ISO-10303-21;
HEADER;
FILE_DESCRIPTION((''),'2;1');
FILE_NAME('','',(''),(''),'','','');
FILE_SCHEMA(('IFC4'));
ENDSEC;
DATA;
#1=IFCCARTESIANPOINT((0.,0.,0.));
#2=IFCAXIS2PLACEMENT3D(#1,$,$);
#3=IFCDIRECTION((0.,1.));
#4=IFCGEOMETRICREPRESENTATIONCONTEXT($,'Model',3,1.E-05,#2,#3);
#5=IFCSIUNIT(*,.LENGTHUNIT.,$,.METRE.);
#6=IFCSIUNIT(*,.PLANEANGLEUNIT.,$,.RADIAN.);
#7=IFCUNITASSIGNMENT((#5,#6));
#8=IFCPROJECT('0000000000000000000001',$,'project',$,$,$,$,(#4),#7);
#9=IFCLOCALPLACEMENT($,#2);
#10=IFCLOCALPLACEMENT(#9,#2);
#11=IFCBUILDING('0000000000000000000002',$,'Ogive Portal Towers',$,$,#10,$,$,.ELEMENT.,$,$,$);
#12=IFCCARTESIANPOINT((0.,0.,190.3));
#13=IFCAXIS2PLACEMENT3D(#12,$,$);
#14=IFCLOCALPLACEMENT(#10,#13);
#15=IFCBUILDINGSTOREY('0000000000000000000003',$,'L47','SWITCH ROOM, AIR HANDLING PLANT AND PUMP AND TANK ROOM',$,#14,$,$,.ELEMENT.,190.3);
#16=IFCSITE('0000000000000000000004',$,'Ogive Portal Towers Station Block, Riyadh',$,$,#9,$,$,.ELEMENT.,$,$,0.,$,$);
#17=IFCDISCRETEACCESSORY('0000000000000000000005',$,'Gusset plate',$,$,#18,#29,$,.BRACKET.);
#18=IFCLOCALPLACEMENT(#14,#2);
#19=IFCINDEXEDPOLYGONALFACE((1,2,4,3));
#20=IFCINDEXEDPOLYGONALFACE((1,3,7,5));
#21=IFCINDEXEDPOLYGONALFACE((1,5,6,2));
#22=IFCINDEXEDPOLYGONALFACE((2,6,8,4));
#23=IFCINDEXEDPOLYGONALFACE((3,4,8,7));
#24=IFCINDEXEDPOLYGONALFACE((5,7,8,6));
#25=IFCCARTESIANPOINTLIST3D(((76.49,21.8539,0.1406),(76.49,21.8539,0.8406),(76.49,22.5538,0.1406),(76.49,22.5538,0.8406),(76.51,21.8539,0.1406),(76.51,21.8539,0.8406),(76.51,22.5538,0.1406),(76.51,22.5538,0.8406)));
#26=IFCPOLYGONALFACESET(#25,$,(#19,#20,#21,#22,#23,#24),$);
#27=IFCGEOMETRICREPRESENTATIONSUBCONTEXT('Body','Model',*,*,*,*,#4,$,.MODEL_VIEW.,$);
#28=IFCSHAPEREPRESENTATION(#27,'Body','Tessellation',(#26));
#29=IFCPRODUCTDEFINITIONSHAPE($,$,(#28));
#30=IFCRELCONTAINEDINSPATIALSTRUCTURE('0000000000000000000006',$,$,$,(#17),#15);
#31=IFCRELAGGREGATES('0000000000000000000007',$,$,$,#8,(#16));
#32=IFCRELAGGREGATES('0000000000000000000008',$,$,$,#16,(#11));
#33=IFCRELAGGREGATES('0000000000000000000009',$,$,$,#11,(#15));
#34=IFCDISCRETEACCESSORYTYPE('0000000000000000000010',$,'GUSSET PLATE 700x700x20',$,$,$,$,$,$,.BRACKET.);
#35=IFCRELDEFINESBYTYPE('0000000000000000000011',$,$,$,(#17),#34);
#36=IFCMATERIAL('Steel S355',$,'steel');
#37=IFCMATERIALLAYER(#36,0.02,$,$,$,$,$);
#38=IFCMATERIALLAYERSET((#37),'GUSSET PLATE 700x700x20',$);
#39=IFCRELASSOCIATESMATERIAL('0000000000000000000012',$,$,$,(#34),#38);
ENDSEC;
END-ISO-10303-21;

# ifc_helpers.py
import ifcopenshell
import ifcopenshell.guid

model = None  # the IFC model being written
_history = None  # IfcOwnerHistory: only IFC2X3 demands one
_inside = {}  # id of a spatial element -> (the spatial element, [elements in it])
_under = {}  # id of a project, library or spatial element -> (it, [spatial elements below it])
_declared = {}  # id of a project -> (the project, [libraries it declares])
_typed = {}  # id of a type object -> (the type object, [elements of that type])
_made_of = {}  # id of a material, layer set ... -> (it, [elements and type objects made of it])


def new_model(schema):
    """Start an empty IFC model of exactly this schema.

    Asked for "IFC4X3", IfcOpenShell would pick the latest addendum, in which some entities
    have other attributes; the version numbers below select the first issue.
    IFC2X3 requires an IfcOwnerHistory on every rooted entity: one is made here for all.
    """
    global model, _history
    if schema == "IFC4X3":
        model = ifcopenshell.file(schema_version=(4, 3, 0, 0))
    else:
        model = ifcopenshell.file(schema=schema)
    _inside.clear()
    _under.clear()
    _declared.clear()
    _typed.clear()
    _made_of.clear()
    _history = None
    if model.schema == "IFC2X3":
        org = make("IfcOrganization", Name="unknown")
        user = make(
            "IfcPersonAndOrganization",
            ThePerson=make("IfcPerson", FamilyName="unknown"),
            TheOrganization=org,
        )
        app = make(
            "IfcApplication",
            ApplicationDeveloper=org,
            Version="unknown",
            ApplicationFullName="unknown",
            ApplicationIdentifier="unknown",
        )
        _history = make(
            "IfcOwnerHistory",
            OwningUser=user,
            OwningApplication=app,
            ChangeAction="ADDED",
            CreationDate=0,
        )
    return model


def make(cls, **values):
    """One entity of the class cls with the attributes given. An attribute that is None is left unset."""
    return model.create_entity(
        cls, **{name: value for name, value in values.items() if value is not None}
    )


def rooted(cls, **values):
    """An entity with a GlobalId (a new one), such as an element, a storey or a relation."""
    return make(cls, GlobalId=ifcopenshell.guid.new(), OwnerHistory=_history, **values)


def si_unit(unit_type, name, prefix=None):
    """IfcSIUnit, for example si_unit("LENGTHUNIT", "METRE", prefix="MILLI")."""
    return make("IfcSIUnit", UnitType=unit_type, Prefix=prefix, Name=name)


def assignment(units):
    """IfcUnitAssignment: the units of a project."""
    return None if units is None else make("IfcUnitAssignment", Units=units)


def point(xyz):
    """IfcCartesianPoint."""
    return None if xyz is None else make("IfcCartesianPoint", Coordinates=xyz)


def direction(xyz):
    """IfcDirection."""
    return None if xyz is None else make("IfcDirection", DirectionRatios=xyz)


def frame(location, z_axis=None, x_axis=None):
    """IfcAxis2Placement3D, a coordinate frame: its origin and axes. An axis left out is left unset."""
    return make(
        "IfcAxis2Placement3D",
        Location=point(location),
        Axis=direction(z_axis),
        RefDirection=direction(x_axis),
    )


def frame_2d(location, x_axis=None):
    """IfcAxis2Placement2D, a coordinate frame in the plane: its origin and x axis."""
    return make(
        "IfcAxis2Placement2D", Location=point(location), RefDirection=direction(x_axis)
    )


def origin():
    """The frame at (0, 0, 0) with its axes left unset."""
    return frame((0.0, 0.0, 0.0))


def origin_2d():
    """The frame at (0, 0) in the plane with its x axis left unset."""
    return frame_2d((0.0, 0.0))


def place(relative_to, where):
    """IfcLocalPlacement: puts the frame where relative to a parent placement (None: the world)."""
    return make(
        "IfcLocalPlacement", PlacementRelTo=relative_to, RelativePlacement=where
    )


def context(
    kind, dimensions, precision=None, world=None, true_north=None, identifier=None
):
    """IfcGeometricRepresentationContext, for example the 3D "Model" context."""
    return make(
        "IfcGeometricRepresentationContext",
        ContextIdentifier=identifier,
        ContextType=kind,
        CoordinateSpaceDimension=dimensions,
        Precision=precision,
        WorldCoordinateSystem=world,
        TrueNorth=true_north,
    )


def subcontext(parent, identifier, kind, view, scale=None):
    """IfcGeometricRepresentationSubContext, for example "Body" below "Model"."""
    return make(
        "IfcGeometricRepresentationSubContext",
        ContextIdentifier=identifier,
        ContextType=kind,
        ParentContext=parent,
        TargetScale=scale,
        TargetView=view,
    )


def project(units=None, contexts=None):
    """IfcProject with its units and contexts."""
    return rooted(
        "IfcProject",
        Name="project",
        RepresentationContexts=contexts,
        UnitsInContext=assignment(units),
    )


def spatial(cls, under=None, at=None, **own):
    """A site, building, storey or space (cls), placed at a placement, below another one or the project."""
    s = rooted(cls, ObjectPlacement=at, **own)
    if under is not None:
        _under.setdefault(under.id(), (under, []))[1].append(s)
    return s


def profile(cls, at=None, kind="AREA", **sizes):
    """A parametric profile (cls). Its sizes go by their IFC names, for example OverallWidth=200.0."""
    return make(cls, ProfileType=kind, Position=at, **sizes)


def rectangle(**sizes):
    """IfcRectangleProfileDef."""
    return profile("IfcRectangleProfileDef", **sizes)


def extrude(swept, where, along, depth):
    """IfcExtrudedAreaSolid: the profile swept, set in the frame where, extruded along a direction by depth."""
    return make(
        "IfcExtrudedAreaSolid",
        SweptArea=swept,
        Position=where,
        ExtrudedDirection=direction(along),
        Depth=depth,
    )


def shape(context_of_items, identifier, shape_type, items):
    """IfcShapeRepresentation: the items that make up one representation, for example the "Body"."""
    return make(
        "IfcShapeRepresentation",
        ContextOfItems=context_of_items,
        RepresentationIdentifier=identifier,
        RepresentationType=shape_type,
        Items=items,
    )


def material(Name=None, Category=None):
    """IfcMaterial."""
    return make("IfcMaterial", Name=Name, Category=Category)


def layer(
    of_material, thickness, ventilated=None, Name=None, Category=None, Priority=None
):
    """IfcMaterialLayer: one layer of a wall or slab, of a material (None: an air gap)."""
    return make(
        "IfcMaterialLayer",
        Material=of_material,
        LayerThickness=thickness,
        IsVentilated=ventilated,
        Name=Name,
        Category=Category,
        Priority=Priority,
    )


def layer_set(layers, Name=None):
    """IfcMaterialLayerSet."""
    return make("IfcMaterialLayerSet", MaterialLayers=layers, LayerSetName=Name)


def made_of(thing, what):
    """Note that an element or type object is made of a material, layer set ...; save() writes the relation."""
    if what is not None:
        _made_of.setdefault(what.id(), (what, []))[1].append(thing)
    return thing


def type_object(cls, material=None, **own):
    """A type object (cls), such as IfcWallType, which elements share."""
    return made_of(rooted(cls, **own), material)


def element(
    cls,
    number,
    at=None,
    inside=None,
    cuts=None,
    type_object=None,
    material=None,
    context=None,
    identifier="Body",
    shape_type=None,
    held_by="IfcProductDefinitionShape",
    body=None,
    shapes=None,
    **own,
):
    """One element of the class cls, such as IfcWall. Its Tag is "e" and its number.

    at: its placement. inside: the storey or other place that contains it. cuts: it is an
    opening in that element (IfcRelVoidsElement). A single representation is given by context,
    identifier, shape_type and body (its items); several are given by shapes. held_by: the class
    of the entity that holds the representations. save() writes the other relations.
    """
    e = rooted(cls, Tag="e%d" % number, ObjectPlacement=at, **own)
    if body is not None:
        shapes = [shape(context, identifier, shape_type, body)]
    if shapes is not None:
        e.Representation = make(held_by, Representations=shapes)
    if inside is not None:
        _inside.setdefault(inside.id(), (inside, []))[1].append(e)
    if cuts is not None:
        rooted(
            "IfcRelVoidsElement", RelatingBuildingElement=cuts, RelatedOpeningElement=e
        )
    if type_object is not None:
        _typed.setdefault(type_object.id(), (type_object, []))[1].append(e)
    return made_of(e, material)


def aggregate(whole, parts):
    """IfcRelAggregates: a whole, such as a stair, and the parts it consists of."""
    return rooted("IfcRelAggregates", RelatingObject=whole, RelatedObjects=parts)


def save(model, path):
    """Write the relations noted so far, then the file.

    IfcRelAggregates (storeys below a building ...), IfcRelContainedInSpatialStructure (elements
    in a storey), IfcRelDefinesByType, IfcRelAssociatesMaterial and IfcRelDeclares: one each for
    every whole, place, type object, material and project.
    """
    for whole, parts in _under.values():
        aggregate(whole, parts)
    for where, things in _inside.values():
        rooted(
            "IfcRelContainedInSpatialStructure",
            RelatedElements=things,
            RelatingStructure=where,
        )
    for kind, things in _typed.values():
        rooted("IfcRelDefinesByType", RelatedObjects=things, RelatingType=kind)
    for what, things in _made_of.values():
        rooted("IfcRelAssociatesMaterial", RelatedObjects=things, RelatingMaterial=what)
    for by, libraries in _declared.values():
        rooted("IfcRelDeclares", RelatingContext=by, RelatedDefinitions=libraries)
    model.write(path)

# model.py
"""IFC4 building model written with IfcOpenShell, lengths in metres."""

from ifc_helpers import new_model, si_unit, direction, frame, origin, origin_2d, place, context, subcontext, project, spatial, rectangle, extrude, material, layer, layer_set, type_object, element, save


model = new_model("IFC4")

# Units and contexts
model_context = context("Model", 3, precision=1e-05, world=origin(), true_north=direction((0.0, 1.0)))
body_context = subcontext(model_context, "Body", "Model", "MODEL_VIEW")
ifc_project = project(units=[si_unit("LENGTHUNIT", "METRE"), si_unit("PLANEANGLEUNIT", "RADIAN")], contexts=[model_context])

# Site, building, storey
site_placement = place(None, origin())
site = spatial("IfcSite", under=ifc_project, at=site_placement, Name="Ogive Portal Towers Station Block, Riyadh", CompositionType="ELEMENT", RefElevation=0.0)
building_placement = place(site_placement, origin())
building = spatial("IfcBuilding", under=site, at=building_placement, Name="Ogive Portal Towers", CompositionType="ELEMENT")
storey_placement = place(building_placement, frame((0.0, 0.0, 190.3)))
storey = spatial("IfcBuildingStorey", under=building, at=storey_placement, Name="L47", Description="SWITCH ROOM, AIR HANDLING PLANT AND PUMP AND TANK ROOM", CompositionType="ELEMENT", Elevation=190.3)

# Shared definitions
ifc_material_1 = material(Name="Steel S355", Category="steel")

# Discrete accessory
ifc_layer_1 = layer(ifc_material_1, 0.02)
ifc_layer_set_1 = layer_set([ifc_layer_1], Name="GUSSET PLATE 700x700x20")
discrete_accessory_type_1 = type_object("IfcDiscreteAccessoryType", Name="GUSSET PLATE 700x700x20", PredefinedType="BRACKET", material=ifc_layer_set_1)
for number, where, z_axis, x_axis, name in (
    (1, (76.5, 22.2039, 0.1406), (0.0, 0.0, 1.0), (0.0, 1.0, 0.0), "Gusset plate"),
):
    element("IfcDiscreteAccessory", number, at=place(storey_placement, frame(where, z_axis=z_axis, x_axis=x_axis)), inside=storey, type_object=discrete_accessory_type_1, Name=name, PredefinedType="BRACKET", context=body_context, shape_type="SweptSolid", body=[
        extrude(rectangle(XDim=0.7, YDim=0.02, at=origin_2d()), origin(), (0.0, 0.0, 1.0), 0.7),
    ])

save(model, "model.ifc")
